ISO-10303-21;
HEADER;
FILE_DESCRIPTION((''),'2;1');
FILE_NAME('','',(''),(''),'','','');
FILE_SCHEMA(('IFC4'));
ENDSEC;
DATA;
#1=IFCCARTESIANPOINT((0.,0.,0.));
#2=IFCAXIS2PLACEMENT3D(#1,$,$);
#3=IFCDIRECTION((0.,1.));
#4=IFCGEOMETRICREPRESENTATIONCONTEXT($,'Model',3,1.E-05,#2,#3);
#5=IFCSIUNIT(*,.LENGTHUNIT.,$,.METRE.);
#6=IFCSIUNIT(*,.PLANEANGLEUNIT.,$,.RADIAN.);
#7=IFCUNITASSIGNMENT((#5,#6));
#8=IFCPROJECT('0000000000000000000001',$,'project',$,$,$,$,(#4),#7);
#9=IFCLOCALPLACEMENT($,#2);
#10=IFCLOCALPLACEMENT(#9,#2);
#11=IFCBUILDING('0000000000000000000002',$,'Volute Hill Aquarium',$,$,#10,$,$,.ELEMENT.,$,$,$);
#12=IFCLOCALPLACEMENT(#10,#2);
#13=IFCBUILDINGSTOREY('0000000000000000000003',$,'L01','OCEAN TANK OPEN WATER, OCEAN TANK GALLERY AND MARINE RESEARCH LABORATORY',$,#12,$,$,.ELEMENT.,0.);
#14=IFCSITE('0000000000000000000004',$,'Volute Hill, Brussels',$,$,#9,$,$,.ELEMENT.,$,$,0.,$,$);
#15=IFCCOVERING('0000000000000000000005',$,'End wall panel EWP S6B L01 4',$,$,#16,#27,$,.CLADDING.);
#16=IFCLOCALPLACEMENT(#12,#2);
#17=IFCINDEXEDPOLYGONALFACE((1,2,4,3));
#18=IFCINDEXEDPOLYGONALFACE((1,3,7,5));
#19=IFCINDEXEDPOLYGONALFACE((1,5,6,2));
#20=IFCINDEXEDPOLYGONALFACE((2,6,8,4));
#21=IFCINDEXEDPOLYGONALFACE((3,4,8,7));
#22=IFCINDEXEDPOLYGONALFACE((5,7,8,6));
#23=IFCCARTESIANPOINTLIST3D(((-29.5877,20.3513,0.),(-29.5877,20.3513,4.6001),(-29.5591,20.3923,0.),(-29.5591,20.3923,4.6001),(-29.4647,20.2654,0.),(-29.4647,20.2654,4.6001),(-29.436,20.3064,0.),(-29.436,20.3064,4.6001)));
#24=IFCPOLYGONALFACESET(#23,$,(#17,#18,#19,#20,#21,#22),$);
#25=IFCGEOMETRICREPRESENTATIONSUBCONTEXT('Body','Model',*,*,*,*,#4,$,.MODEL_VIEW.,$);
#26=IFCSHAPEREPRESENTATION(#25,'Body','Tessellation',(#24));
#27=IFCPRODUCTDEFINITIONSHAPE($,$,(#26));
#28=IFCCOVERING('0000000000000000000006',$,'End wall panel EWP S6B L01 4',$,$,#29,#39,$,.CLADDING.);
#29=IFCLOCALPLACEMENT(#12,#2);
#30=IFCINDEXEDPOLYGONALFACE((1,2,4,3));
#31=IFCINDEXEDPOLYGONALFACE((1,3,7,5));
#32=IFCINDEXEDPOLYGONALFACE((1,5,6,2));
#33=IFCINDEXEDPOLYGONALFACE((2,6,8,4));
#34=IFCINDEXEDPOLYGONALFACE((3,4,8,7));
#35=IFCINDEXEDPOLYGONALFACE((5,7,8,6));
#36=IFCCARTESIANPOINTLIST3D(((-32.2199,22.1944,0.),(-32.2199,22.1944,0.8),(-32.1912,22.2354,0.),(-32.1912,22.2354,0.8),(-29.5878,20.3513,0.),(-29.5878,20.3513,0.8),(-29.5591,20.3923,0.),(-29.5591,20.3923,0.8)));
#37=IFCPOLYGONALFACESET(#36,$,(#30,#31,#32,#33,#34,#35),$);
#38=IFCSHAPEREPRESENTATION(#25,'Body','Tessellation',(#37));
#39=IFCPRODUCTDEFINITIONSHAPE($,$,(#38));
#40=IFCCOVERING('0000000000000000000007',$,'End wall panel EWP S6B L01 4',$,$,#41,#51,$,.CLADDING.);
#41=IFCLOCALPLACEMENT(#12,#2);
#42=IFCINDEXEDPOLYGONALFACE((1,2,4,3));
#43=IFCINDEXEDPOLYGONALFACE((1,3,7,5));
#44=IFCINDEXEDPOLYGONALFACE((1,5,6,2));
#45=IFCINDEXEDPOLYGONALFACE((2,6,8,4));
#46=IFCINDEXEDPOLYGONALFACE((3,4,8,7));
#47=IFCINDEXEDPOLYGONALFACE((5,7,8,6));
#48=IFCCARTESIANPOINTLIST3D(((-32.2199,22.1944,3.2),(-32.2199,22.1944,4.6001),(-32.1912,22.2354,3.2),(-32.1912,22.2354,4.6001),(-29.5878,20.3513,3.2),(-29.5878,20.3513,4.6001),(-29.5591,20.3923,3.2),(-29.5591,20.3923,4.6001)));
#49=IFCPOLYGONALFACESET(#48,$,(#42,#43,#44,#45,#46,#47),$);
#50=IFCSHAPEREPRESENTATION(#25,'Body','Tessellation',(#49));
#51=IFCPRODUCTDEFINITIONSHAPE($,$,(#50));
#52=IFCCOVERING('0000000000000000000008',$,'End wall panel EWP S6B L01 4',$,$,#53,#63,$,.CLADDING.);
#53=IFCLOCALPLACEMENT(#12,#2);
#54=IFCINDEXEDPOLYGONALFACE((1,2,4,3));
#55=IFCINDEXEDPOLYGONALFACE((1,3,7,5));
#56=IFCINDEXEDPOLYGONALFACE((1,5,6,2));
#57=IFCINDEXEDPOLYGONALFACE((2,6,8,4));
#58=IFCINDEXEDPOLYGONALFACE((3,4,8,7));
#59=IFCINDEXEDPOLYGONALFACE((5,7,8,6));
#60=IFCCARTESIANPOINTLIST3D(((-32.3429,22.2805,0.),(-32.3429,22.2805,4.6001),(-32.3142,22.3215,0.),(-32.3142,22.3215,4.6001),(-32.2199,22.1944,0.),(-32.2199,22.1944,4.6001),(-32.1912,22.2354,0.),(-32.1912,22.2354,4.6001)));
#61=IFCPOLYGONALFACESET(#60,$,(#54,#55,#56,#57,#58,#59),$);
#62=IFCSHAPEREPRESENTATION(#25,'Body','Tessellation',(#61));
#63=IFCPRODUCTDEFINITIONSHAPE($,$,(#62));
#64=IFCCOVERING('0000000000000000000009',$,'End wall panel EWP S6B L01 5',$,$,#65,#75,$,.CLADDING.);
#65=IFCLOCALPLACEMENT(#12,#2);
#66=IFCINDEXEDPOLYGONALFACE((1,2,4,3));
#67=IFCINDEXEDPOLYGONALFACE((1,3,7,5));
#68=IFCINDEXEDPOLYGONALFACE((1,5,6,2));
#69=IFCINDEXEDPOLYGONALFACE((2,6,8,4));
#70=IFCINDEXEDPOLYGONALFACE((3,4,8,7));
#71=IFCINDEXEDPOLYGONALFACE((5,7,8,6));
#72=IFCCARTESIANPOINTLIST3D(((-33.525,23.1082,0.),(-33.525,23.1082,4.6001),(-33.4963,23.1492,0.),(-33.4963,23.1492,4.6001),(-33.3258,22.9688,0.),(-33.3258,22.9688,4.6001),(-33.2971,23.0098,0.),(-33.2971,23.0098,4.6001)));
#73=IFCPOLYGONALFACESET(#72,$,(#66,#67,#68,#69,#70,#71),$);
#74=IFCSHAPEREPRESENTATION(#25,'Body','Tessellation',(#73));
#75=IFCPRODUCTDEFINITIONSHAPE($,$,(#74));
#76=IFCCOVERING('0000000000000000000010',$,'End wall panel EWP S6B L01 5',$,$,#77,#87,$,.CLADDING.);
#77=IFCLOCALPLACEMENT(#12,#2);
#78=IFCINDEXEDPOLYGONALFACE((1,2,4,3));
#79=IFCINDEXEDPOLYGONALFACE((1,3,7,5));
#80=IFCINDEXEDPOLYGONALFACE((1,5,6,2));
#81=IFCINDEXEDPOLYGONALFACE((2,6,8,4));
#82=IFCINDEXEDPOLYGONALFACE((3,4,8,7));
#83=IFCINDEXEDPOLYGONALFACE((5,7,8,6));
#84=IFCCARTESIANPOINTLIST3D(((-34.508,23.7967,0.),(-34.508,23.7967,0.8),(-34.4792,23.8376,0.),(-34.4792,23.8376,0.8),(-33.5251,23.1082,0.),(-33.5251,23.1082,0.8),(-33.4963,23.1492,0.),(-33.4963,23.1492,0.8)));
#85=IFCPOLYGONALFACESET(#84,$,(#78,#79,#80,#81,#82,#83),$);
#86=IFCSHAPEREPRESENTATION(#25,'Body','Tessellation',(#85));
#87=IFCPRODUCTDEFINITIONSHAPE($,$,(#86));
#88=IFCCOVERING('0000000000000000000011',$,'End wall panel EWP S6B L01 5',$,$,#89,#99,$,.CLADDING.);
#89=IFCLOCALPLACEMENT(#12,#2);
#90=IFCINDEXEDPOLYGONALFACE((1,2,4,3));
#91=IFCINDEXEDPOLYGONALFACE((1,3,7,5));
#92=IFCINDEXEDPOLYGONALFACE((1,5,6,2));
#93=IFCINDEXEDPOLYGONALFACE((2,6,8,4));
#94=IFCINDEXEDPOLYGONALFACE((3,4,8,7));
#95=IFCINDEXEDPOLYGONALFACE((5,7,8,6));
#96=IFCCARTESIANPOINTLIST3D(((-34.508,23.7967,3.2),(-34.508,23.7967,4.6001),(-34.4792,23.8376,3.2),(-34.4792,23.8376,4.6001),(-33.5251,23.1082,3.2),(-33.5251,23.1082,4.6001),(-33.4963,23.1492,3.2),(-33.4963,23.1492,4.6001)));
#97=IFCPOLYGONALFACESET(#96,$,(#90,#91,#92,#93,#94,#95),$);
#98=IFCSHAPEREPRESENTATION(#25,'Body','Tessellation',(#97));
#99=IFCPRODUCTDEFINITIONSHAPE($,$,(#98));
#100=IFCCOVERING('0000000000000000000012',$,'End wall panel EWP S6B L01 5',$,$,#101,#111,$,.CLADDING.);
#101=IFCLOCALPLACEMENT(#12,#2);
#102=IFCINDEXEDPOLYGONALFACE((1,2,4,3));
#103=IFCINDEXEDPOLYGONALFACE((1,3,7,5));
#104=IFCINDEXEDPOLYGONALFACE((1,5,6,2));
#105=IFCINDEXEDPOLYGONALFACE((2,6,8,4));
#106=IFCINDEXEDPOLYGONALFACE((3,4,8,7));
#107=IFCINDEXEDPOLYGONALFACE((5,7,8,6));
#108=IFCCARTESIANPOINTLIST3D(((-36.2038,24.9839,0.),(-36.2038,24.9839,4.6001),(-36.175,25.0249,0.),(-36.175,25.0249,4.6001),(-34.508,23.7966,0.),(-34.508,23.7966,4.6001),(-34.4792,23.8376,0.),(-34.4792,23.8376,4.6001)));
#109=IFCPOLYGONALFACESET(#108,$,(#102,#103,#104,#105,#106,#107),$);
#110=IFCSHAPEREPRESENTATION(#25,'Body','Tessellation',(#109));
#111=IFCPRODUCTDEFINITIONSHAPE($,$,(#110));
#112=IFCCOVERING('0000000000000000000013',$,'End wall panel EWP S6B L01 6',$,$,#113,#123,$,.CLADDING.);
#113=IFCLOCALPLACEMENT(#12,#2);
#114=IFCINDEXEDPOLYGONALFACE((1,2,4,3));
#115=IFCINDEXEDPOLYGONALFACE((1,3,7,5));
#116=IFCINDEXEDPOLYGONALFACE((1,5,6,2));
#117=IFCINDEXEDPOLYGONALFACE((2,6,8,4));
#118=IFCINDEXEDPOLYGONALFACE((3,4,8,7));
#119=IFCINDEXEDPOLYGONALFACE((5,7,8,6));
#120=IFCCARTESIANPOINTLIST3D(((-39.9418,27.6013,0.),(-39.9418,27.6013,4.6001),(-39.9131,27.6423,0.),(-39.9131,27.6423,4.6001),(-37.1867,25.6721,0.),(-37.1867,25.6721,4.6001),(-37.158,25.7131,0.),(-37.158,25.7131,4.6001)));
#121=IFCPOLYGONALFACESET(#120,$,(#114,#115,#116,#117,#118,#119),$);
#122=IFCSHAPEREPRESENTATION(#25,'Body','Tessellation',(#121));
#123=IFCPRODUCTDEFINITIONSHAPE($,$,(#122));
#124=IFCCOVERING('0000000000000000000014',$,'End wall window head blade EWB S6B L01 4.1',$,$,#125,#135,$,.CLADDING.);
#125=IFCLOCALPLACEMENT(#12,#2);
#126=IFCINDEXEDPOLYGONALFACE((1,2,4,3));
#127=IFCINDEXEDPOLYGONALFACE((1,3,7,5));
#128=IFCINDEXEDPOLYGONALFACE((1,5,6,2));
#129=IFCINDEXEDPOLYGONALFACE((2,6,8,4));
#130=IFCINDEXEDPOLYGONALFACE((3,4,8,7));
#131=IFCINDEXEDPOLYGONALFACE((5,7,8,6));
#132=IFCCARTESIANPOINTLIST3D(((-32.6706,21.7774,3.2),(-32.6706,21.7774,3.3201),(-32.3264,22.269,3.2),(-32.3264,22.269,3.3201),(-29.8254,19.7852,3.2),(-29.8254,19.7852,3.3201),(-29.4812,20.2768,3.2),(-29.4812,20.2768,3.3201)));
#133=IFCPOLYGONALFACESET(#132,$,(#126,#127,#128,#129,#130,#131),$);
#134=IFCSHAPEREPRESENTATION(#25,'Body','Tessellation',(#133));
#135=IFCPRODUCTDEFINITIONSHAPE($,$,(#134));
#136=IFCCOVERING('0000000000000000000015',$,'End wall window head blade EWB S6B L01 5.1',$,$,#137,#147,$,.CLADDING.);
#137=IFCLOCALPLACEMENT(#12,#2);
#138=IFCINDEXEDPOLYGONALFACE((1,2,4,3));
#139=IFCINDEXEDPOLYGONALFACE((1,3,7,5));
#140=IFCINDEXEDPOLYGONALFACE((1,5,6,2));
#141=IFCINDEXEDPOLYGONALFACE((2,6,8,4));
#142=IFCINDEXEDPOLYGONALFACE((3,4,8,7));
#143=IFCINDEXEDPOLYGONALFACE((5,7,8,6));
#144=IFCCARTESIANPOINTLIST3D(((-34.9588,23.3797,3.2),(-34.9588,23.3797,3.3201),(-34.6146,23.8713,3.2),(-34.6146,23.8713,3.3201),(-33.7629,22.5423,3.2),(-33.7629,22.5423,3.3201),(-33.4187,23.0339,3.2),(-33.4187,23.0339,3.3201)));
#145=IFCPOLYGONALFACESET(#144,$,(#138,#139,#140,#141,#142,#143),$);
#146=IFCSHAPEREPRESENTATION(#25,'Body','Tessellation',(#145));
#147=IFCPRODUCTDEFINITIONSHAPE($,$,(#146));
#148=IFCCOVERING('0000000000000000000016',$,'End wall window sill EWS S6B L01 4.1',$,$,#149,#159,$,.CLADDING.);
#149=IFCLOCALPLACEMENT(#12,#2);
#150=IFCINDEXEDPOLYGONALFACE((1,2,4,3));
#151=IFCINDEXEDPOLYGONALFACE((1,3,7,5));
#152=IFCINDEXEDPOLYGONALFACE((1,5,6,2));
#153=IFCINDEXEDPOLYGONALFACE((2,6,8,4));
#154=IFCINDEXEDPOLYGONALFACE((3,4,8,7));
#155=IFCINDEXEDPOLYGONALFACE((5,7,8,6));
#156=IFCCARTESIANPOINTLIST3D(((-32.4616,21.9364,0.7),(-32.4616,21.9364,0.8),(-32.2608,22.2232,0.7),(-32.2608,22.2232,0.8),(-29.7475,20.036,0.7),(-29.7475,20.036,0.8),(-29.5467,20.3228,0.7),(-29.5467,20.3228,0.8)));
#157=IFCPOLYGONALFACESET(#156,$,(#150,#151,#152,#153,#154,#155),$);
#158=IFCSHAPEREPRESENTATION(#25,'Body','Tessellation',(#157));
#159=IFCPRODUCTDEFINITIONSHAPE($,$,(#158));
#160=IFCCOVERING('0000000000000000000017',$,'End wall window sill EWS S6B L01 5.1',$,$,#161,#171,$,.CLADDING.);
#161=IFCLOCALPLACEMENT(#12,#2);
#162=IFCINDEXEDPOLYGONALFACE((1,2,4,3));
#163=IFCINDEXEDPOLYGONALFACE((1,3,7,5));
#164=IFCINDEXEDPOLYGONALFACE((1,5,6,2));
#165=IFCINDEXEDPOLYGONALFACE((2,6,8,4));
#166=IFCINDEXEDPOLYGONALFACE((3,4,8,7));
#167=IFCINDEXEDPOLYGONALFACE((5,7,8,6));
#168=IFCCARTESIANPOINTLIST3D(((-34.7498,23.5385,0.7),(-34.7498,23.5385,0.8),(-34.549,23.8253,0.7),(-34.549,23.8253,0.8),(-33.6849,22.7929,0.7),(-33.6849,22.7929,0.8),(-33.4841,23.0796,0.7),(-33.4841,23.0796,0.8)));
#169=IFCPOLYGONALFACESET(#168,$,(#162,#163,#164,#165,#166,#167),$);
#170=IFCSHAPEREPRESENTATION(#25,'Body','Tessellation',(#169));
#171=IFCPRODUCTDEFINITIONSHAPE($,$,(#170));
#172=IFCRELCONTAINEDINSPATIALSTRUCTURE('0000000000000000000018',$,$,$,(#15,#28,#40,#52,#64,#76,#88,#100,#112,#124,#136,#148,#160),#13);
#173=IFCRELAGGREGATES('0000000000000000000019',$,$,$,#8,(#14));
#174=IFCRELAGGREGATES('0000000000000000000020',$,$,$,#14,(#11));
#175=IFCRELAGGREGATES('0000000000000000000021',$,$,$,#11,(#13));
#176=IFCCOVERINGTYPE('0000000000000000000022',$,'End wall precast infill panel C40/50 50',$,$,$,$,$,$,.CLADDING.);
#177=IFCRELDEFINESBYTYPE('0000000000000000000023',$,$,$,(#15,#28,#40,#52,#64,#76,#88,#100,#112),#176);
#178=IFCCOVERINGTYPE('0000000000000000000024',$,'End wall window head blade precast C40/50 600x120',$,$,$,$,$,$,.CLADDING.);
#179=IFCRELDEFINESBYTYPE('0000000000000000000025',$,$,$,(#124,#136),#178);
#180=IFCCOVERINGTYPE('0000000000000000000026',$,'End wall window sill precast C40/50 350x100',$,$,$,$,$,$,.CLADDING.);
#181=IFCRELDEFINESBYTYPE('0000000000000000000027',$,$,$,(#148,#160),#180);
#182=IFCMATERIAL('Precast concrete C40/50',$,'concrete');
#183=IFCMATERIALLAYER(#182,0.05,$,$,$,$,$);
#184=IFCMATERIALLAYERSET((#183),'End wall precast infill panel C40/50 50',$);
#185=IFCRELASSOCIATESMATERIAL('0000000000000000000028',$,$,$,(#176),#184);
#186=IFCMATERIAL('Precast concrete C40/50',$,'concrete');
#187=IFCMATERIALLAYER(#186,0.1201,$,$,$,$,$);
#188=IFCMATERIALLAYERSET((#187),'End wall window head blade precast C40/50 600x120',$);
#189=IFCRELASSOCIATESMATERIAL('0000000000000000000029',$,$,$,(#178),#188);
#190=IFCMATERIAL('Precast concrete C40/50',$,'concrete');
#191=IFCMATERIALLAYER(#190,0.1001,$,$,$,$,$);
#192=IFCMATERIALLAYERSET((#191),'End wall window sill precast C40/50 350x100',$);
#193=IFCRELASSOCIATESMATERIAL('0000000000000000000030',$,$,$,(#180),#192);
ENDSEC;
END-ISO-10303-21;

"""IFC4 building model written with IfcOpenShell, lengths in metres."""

from ifc_helpers import new_model, si_unit, direction, frame, origin, origin_2d, place, context, subcontext, project, spatial, polyline, rectangle, outline, extrude, material, layer, layer_set, type_object, element, save


model = new_model("IFC4")

# Units and contexts
model_context = context("Model", 3, precision=1e-05, world=origin(), true_north=direction((0.0, 1.0)))
body_context = subcontext(model_context, "Body", "Model", "MODEL_VIEW")
ifc_project = project(units=[si_unit("LENGTHUNIT", "METRE"), si_unit("PLANEANGLEUNIT", "RADIAN")], contexts=[model_context])

# Site, building, storey
site_placement = place(None, origin())
site = spatial("IfcSite", under=ifc_project, at=site_placement, Name="Volute Hill, Brussels", CompositionType="ELEMENT", RefElevation=0.0)
building_placement = place(site_placement, origin())
building = spatial("IfcBuilding", under=site, at=building_placement, Name="Volute Hill Aquarium", CompositionType="ELEMENT")
storey_placement = place(building_placement, origin())
storey = spatial("IfcBuildingStorey", under=building, at=storey_placement, Name="L01", Description="OCEAN TANK OPEN WATER, OCEAN TANK GALLERY AND MARINE RESEARCH LABORATORY", CompositionType="ELEMENT", Elevation=0.0)

# Coverings
ifc_material_1 = material(Name="Precast concrete C40/50", Category="concrete")
ifc_layer_1 = layer(ifc_material_1, 0.05)
ifc_layer_set_1 = layer_set([ifc_layer_1], Name="End wall precast infill panel C40/50 50")
covering_type_1 = type_object("IfcCoveringType", Name="End wall precast infill panel C40/50 50", PredefinedType="CLADDING", material=ifc_layer_set_1)
covering_1_placement = place(storey_placement, frame((-29.436, 20.3064, 0.0), z_axis=(0.572589, 0.819843, 0.0), x_axis=(-0.819843, 0.572589, 0.0)))
element("IfcCovering", 1, at=covering_1_placement, inside=storey, type_object=covering_type_1, Name="End wall panel EWP S6B L01 4", PredefinedType="CLADDING", context=body_context, shape_type="SweptSolid", body=[
    extrude(outline(polyline([(0.0, 0.0), (0.1501, 0.0), (0.1501, 4.6001), (0.0, 4.6001), (0.0, 0.0)])), origin(), (0.0, 0.0, -1.0), 0.05),
])
covering_2_placement = place(storey_placement, frame((-29.5591, 20.3923, 0.0), z_axis=(0.57358, 0.81915, 0.0), x_axis=(-0.81915, 0.57358, 0.0)))
element("IfcCovering", 2, at=covering_2_placement, inside=storey, type_object=covering_type_1, Name="End wall panel EWP S6B L01 4", PredefinedType="CLADDING", context=body_context, shape_type="SweptSolid", body=[
    extrude(outline(polyline([(0.0, 0.0), (3.2132, 0.0), (3.2132, 0.8), (0.0, 0.8), (0.0, 0.0)])), origin(), (0.0, 0.0, -1.0), 0.05),
])
covering_3_placement = place(storey_placement, frame((-29.5591, 20.3923, 3.2), z_axis=(0.57358, 0.81915, 0.0), x_axis=(-0.81915, 0.57358, 0.0)))
element("IfcCovering", 3, at=covering_3_placement, inside=storey, type_object=covering_type_1, Name="End wall panel EWP S6B L01 4", PredefinedType="CLADDING", context=body_context, shape_type="SweptSolid", body=[
    extrude(outline(polyline([(0.0, 0.0), (3.2132, 0.0), (3.2132, 1.4001), (0.0, 1.4001), (0.0, 0.0)])), origin(), (0.0, 0.0, -1.0), 0.05),
])
covering_4_placement = place(storey_placement, frame((-32.1912, 22.2354, 0.0), z_axis=(0.57368, 0.819079, 0.0), x_axis=(-0.819079, 0.57368, 0.0)))
element("IfcCovering", 4, at=covering_4_placement, inside=storey, type_object=covering_type_1, Name="End wall panel EWP S6B L01 4", PredefinedType="CLADDING", context=body_context, shape_type="SweptSolid", body=[
    extrude(outline(polyline([(0.0, 0.0), (0.1502, 0.0), (0.1502, 4.6001), (0.0, 4.6001), (0.0, 0.0)])), origin(), (0.0, 0.0, -1.0), 0.05),
])
covering_5_placement = place(storey_placement, frame((-33.2971, 23.0098, 0.0), z_axis=(0.573328, 0.819326, 0.0), x_axis=(-0.819326, 0.573328, 0.0)))
element("IfcCovering", 5, at=covering_5_placement, inside=storey, type_object=covering_type_1, Name="End wall panel EWP S6B L01 5", PredefinedType="CLADDING", context=body_context, shape_type="SweptSolid", body=[
    extrude(outline(polyline([(0.0, 0.0), (0.2431, 0.0), (0.2431, 4.6001), (0.0, 4.6001), (0.0, 0.0)])), origin(), (0.0, 0.0, -1.0), 0.05),
])
covering_6_placement = place(storey_placement, frame((-33.4963, 23.1492, 0.0), z_axis=(0.573708, 0.81906, 0.0), x_axis=(-0.81906, 0.573708, 0.0)))
element("IfcCovering", 6, at=covering_6_placement, inside=storey, type_object=covering_type_1, Name="End wall panel EWP S6B L01 5", PredefinedType="CLADDING", context=body_context, shape_type="SweptSolid", body=[
    extrude(outline(polyline([(0.0, 0.0), (1.2, 0.0), (1.2, 0.8), (0.0, 0.8), (0.0, 0.0)])), origin(), (0.0, 0.0, -1.0), 0.05),
])
covering_7_placement = place(storey_placement, frame((-33.4963, 23.1492, 3.2), z_axis=(0.573708, 0.81906, 0.0), x_axis=(-0.81906, 0.573708, 0.0)))
element("IfcCovering", 7, at=covering_7_placement, inside=storey, type_object=covering_type_1, Name="End wall panel EWP S6B L01 5", PredefinedType="CLADDING", context=body_context, shape_type="SweptSolid", body=[
    extrude(outline(polyline([(0.0, 0.0), (1.2, 0.0), (1.2, 1.4001), (0.0, 1.4001), (0.0, 0.0)])), origin(), (0.0, 0.0, -1.0), 0.05),
])
covering_8_placement = place(storey_placement, frame((-34.4792, 23.8376, 0.0), z_axis=(0.573526, 0.819188, 0.0), x_axis=(-0.819188, 0.573526, 0.0)))
element("IfcCovering", 8, at=covering_8_placement, inside=storey, type_object=covering_type_1, Name="End wall panel EWP S6B L01 5", PredefinedType="CLADDING", context=body_context, shape_type="SweptSolid", body=[
    extrude(outline(polyline([(0.0, 0.0), (2.0701, 0.0), (2.0701, 4.6001), (0.0, 4.6001), (0.0, 0.0)])), origin(), (0.0, 0.0, -1.0), 0.05),
])
covering_9_placement = place(storey_placement, frame((-37.158, 25.7131, 0.0), z_axis=(0.573584, 0.819147, 0.0), x_axis=(-0.819147, 0.573584, 0.0)))
element("IfcCovering", 9, at=covering_9_placement, inside=storey, type_object=covering_type_1, Name="End wall panel EWP S6B L01 6", PredefinedType="CLADDING", context=body_context, shape_type="SweptSolid", body=[
    extrude(outline(polyline([(0.0, 0.0), (3.3634, 0.0), (3.3634, 4.6001), (0.0, 4.6001), (0.0, 0.0)])), origin(), (0.0, 0.0, -1.0), 0.05),
])
ifc_material_2 = material(Name="Precast concrete C40/50", Category="concrete")
ifc_layer_2 = layer(ifc_material_2, 0.1201)
ifc_layer_set_2 = layer_set([ifc_layer_2], Name="End wall window head blade precast C40/50 600x120")
covering_type_2 = type_object("IfcCoveringType", Name="End wall window head blade precast C40/50 600x120", PredefinedType="CLADDING", material=ifc_layer_set_2)
covering_10_placement = place(storey_placement, frame((-31.0759, 21.0271, 3.2), z_axis=(0.0, 0.0, 1.0), x_axis=(-0.819151, 0.573577, 0.0)))
element("IfcCovering", 10, at=covering_10_placement, inside=storey, type_object=covering_type_2, Name="End wall window head blade EWB S6B L01 4.1", PredefinedType="CLADDING", context=body_context, shape_type="SweptSolid", body=[
    extrude(rectangle(XDim=3.4734, YDim=0.6001, at=origin_2d()), origin(), (0.0, 0.0, 1.0), 0.1201),
])
covering_11_placement = place(storey_placement, frame((-34.1887, 23.2068, 3.2), z_axis=(0.0, 0.0, 1.0), x_axis=(-0.819151, 0.573577, 0.0)))
element("IfcCovering", 11, at=covering_11_placement, inside=storey, type_object=covering_type_2, Name="End wall window head blade EWB S6B L01 5.1", PredefinedType="CLADDING", context=body_context, shape_type="SweptSolid", body=[
    extrude(rectangle(XDim=1.46, YDim=0.6001, at=origin_2d()), origin(), (0.0, 0.0, 1.0), 0.1201),
])
ifc_material_3 = material(Name="Precast concrete C40/50", Category="concrete")
ifc_layer_3 = layer(ifc_material_3, 0.1001)
ifc_layer_set_3 = layer_set([ifc_layer_3], Name="End wall window sill precast C40/50 350x100")
covering_type_3 = type_object("IfcCoveringType", Name="End wall window sill precast C40/50 350x100", PredefinedType="CLADDING", material=ifc_layer_set_3)
covering_12_placement = place(storey_placement, frame((-31.0042, 21.1296, 0.7), z_axis=(0.0, 0.0, 1.0), x_axis=(-0.819151, 0.573577, 0.0)))
element("IfcCovering", 12, at=covering_12_placement, inside=storey, type_object=covering_type_3, Name="End wall window sill EWS S6B L01 4.1", PredefinedType="CLADDING", context=body_context, shape_type="SweptSolid", body=[
    extrude(rectangle(XDim=3.3132, YDim=0.3501, at=origin_2d()), origin(), (0.0, 0.0, 1.0), 0.1001),
])
covering_13_placement = place(storey_placement, frame((-34.1169, 23.3091, 0.7), z_axis=(0.0, 0.0, 1.0), x_axis=(-0.819151, 0.573577, 0.0)))
element("IfcCovering", 13, at=covering_13_placement, inside=storey, type_object=covering_type_3, Name="End wall window sill EWS S6B L01 5.1", PredefinedType="CLADDING", context=body_context, shape_type="SweptSolid", body=[
    extrude(rectangle(XDim=1.3, YDim=0.3501, at=origin_2d()), origin(), (0.0, 0.0, 1.0), 0.1001),
])

save(model, "model.ifc")
